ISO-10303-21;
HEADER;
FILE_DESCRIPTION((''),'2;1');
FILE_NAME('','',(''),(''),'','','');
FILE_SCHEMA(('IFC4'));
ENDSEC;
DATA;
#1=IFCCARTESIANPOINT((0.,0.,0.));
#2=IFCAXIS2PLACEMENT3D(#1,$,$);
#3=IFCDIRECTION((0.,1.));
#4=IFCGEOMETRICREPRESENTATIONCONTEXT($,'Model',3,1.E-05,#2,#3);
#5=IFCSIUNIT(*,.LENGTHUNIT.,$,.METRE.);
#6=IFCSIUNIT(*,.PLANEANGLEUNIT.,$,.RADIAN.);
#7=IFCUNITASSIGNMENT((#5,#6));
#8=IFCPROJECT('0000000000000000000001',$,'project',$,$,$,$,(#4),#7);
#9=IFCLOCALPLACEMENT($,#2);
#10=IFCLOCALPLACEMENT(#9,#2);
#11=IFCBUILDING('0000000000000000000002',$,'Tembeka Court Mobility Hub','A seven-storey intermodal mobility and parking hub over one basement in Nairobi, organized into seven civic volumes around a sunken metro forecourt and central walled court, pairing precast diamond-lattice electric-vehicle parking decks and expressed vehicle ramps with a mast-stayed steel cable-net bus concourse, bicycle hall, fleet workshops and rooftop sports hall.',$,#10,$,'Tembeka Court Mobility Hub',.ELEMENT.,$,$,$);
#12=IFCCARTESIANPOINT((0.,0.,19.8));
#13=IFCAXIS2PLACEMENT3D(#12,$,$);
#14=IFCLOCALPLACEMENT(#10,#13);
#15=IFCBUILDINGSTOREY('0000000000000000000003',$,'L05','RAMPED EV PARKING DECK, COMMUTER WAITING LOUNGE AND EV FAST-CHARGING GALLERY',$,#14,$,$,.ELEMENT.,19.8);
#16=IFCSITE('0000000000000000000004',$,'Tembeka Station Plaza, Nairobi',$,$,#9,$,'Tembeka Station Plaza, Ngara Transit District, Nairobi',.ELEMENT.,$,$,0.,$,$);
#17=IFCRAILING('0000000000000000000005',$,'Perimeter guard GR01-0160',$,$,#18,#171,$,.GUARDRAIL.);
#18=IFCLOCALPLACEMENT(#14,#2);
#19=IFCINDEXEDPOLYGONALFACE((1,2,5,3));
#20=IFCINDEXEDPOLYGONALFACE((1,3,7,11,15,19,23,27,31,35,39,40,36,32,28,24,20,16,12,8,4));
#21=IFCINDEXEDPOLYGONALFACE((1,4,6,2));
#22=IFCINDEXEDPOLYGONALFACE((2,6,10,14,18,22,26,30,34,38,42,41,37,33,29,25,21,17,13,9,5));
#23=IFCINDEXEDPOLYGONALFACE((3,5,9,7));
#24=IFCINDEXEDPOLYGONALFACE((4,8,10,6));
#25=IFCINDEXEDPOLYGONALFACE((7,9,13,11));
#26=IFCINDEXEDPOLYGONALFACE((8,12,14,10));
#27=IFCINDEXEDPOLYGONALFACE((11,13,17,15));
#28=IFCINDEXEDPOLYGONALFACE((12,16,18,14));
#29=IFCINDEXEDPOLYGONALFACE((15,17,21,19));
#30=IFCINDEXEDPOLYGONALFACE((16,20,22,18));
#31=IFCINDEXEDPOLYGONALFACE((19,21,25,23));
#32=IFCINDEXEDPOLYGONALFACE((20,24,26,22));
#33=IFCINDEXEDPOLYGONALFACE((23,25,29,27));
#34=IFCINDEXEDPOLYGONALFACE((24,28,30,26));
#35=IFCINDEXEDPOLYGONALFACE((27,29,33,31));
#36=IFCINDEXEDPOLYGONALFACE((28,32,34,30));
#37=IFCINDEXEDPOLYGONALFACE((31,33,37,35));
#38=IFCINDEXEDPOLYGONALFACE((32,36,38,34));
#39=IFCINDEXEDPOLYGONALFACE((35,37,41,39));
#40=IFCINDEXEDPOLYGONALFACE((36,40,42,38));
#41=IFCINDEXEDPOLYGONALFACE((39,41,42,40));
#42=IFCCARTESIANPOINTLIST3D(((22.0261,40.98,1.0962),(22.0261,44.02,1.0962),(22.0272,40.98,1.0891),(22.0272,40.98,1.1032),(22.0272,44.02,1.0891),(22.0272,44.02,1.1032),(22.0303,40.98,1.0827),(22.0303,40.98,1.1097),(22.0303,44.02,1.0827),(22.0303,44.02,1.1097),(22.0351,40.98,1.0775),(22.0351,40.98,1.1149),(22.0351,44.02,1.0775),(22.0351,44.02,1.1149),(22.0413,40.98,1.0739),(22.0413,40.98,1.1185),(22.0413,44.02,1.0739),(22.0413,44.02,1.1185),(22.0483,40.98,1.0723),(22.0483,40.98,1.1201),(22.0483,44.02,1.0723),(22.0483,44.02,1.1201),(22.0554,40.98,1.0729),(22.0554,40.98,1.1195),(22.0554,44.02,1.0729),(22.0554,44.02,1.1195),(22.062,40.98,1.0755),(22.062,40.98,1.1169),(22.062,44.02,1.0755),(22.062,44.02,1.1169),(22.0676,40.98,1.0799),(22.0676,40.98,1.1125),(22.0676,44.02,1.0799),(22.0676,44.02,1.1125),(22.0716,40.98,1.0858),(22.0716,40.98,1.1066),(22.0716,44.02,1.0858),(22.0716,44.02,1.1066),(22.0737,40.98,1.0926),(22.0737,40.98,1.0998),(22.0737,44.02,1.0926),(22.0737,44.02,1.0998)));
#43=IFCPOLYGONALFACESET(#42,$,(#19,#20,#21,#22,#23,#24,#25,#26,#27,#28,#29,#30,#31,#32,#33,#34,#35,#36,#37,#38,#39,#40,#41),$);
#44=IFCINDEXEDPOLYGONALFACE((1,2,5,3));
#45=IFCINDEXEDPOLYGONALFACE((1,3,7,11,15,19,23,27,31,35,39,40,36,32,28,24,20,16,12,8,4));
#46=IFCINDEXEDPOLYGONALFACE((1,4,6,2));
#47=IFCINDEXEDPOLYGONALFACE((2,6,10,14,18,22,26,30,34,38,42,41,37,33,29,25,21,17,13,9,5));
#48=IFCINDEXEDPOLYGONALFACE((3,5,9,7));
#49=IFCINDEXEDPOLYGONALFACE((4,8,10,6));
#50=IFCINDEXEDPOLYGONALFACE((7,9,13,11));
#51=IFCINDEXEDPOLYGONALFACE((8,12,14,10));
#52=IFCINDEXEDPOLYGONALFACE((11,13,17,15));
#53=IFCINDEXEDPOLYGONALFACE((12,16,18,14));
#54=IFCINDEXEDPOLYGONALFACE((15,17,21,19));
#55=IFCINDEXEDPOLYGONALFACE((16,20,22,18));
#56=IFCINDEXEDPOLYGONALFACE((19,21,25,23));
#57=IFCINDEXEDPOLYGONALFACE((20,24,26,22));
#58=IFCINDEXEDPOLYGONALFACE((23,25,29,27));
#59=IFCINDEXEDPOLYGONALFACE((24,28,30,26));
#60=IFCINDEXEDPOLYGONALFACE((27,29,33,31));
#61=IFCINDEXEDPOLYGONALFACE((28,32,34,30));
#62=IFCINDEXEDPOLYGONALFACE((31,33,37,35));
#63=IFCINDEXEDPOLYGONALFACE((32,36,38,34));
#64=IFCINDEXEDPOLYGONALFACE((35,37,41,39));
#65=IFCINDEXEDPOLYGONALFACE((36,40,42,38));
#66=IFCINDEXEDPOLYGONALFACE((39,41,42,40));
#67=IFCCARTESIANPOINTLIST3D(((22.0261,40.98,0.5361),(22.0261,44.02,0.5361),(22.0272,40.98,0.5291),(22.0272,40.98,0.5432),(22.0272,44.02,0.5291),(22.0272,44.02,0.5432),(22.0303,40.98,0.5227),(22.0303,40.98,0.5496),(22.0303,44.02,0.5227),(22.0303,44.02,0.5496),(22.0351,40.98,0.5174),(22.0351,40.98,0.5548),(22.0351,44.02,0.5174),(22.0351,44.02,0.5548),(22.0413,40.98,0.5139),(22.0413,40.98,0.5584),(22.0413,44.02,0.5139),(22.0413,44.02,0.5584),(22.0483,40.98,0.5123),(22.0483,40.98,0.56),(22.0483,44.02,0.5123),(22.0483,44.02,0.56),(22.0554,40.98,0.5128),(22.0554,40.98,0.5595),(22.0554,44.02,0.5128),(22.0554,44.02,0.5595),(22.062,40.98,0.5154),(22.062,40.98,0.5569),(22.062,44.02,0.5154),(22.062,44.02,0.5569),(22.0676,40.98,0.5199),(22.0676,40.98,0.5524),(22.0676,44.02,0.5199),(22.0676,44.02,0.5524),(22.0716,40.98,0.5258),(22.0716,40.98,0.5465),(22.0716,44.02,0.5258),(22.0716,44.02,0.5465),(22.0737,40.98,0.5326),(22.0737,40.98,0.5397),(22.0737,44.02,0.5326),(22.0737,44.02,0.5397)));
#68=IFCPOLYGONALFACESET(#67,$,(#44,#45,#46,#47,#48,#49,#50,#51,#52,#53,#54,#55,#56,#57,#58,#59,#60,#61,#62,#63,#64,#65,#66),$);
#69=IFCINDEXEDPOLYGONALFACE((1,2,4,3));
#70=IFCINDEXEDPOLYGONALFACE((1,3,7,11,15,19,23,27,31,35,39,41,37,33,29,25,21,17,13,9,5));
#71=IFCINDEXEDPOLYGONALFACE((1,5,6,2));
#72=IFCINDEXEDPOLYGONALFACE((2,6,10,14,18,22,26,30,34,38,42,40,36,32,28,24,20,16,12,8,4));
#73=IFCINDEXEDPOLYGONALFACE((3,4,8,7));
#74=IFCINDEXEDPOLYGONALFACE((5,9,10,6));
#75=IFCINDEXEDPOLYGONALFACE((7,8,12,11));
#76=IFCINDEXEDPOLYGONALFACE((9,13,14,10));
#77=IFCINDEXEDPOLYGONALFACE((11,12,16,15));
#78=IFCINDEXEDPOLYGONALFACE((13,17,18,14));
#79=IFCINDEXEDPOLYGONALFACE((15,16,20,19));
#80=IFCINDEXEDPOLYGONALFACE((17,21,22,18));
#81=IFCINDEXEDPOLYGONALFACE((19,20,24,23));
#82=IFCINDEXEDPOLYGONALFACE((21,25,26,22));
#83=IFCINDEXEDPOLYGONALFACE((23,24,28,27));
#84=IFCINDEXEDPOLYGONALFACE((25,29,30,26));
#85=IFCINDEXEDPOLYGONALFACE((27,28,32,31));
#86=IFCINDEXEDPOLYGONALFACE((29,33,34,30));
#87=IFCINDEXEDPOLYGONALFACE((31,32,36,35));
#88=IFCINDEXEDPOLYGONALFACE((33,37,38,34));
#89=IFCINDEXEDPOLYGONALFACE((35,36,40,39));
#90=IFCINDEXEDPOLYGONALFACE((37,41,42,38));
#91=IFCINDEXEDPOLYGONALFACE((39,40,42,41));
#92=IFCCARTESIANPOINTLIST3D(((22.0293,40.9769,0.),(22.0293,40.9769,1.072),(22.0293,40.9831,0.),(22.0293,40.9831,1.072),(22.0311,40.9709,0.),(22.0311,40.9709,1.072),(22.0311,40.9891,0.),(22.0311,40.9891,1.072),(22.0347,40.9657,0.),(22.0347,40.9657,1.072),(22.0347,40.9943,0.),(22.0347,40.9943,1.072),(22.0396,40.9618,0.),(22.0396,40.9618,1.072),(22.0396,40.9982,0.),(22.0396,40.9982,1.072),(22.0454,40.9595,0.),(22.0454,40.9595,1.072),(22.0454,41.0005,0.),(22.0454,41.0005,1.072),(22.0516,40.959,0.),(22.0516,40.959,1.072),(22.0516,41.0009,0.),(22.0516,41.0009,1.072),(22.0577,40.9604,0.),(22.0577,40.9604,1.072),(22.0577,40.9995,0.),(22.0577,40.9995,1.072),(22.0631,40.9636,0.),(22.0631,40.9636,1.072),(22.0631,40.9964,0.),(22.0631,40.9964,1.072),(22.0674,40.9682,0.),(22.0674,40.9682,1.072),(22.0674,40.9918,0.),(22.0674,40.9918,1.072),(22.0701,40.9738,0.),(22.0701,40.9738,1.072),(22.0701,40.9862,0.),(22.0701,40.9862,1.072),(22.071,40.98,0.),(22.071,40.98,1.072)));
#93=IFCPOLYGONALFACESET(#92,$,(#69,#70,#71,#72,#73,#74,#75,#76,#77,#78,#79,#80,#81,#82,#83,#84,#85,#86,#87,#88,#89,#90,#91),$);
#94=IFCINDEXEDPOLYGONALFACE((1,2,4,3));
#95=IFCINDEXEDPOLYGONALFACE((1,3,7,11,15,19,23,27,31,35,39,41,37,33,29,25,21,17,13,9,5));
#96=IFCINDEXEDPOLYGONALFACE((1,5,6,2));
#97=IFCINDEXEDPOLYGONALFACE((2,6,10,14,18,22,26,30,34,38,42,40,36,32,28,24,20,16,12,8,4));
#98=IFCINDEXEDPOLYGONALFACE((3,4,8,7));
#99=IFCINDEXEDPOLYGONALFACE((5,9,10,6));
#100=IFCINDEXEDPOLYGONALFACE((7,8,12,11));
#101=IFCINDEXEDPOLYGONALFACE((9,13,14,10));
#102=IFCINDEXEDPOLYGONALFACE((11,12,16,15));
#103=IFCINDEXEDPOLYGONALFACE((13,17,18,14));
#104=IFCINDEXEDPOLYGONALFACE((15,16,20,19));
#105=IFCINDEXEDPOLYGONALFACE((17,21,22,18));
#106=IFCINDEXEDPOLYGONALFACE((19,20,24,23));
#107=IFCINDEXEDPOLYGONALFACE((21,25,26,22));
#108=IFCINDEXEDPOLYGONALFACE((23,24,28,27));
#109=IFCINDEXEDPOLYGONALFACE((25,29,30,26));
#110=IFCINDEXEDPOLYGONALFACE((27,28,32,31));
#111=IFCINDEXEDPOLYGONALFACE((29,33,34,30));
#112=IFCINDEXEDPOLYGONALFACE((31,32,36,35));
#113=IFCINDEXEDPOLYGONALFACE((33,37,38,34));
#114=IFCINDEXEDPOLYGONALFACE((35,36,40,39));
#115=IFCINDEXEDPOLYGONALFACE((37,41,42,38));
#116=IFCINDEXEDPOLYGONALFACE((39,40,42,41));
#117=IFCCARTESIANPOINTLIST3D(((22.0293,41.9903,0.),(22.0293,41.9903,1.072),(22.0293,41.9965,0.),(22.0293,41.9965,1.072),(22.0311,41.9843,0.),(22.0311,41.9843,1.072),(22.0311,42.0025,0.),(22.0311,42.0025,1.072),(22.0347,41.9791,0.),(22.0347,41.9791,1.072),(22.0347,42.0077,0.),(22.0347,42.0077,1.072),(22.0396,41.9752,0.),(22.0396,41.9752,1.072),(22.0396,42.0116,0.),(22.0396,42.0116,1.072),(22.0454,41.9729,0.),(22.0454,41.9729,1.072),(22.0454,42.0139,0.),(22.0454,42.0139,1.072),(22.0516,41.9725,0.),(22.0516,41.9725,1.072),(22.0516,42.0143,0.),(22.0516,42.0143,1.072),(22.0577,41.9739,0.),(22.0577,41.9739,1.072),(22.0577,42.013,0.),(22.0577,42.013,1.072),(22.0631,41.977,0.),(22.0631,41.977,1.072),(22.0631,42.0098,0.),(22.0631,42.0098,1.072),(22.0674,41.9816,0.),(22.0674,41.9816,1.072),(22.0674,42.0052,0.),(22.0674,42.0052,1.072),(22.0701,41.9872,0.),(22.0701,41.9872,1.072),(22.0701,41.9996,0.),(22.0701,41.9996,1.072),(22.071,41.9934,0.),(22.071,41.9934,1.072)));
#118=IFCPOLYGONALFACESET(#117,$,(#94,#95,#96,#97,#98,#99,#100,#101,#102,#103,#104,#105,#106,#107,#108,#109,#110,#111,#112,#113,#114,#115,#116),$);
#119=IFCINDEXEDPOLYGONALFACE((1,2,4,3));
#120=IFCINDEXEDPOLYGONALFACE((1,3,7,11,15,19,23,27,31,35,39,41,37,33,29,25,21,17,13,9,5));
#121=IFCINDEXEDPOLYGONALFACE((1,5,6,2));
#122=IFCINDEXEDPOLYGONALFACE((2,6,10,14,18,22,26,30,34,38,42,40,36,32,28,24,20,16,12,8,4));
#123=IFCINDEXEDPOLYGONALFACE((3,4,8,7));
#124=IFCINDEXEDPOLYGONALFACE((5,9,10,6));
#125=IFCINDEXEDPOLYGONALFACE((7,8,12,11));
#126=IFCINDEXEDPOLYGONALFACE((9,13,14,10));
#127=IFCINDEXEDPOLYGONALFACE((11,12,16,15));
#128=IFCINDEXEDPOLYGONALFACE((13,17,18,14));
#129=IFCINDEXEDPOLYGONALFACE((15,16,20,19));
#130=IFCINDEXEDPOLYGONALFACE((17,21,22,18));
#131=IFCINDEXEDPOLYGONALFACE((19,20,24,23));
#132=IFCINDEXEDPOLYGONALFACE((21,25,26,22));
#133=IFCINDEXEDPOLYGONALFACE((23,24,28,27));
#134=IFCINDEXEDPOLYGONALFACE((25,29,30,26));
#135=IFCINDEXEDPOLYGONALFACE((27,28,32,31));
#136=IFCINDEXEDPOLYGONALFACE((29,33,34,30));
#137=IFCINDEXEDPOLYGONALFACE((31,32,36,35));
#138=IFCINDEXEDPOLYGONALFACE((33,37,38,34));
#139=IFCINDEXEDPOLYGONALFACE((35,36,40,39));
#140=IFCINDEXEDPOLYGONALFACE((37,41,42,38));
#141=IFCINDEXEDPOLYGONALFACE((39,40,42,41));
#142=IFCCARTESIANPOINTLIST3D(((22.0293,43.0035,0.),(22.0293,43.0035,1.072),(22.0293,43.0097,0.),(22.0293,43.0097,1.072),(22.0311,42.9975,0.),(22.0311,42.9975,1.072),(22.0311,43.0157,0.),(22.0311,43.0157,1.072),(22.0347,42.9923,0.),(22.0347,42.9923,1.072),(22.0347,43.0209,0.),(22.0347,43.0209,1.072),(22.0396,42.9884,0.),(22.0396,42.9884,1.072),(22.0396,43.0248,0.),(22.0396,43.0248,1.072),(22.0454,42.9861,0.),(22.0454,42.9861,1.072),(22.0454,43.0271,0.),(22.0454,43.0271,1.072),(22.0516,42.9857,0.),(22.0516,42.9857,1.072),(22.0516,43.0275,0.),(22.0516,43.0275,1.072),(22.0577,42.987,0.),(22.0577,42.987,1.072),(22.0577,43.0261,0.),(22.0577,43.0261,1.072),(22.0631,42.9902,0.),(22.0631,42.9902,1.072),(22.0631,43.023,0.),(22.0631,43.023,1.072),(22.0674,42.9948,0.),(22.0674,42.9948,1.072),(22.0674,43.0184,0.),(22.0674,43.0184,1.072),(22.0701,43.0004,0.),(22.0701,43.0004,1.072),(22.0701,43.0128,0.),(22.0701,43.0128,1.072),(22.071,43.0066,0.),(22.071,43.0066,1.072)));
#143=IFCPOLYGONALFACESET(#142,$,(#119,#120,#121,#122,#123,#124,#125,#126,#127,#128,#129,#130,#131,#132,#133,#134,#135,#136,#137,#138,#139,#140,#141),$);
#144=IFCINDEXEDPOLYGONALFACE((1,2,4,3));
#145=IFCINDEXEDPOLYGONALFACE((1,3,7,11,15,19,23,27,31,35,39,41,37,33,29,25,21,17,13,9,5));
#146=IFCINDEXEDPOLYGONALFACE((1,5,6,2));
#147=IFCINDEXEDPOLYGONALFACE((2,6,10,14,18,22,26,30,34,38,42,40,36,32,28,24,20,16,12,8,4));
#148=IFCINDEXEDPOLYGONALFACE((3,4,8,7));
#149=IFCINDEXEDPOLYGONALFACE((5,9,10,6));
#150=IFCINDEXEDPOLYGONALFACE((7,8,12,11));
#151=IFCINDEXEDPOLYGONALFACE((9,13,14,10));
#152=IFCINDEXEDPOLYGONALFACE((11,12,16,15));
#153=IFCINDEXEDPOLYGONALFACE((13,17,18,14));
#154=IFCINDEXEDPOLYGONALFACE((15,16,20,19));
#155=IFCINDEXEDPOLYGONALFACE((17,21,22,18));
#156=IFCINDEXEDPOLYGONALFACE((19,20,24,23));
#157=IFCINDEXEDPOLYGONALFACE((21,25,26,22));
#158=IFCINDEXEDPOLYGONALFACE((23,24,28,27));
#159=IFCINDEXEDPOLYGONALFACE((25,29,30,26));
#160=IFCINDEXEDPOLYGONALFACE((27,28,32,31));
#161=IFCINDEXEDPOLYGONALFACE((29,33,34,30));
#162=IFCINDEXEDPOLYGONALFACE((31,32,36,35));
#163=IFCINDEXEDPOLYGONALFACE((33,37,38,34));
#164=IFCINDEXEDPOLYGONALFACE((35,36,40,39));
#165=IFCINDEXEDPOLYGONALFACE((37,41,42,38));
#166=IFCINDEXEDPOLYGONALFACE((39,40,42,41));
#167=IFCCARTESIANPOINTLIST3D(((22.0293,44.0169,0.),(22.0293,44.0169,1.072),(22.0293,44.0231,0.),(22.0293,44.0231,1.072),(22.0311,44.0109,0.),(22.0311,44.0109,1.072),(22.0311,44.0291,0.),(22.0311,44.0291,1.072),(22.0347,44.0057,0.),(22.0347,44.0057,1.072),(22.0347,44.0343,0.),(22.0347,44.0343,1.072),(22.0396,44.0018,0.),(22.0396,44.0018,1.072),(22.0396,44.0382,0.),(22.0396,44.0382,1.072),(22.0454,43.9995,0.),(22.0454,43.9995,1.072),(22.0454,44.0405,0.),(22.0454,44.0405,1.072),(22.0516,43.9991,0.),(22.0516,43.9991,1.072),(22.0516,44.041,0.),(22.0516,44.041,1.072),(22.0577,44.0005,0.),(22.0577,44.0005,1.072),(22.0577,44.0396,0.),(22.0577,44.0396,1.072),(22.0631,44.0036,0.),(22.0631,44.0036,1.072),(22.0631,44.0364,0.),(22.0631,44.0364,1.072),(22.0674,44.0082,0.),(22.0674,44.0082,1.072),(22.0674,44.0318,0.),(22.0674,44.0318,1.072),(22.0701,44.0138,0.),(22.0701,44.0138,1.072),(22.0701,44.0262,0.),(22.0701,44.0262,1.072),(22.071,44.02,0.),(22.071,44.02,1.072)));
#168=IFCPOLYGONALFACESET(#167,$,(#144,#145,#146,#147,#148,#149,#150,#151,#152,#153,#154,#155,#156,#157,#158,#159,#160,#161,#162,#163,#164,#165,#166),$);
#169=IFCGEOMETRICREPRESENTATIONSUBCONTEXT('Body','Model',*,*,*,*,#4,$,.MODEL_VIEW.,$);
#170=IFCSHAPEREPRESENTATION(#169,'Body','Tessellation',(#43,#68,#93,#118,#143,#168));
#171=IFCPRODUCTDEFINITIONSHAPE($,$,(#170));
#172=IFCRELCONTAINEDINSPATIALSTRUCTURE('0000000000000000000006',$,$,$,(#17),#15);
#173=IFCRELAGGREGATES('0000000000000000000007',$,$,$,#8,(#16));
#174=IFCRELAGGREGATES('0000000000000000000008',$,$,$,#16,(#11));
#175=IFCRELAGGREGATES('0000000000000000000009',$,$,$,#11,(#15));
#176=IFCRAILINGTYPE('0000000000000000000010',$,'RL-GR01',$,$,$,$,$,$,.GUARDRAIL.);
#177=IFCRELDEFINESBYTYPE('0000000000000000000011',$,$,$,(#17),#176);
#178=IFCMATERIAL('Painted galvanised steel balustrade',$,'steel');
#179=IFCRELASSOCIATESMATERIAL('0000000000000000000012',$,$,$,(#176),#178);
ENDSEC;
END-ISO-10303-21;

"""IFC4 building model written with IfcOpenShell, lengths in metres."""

from ifc_helpers import new_model, si_unit, direction, frame, origin, origin_2d, place, context, subcontext, project, spatial, circle, extrude, material, type_object, element, save


model = new_model("IFC4")

# Units and contexts
model_context = context("Model", 3, precision=1e-05, world=origin(), true_north=direction((0.0, 1.0)))
body_context = subcontext(model_context, "Body", "Model", "MODEL_VIEW")
ifc_project = project(units=[si_unit("LENGTHUNIT", "METRE"), si_unit("PLANEANGLEUNIT", "RADIAN")], contexts=[model_context])

# Site, building, storey
site_placement = place(None, origin())
site = spatial("IfcSite", under=ifc_project, at=site_placement, Name="Tembeka Station Plaza, Nairobi", LongName="Tembeka Station Plaza, Ngara Transit District, Nairobi", CompositionType="ELEMENT", RefElevation=0.0)
building_placement = place(site_placement, origin())
building = spatial("IfcBuilding", under=site, at=building_placement, Name="Tembeka Court Mobility Hub", Description="A seven-storey intermodal mobility and parking hub over one basement in Nairobi, organized into seven civic volumes around a sunken metro forecourt and central walled court, pairing precast diamond-lattice electric-vehicle parking decks and expressed vehicle ramps with a mast-stayed steel cable-net bus concourse, bicycle hall, fleet workshops and rooftop sports hall.", LongName="Tembeka Court Mobility Hub", CompositionType="ELEMENT")
storey_placement = place(building_placement, frame((0.0, 0.0, 19.8)))
storey = spatial("IfcBuildingStorey", under=building, at=storey_placement, Name="L05", Description="RAMPED EV PARKING DECK, COMMUTER WAITING LOUNGE AND EV FAST-CHARGING GALLERY", CompositionType="ELEMENT", Elevation=19.8)

# Railing
ifc_material_1 = material(Name="Painted galvanised steel balustrade", Category="steel")
railing_type_1 = type_object("IfcRailingType", Name="RL-GR01", PredefinedType="GUARDRAIL", material=ifc_material_1)
railing_1_placement = place(storey_placement, frame((22.05, 40.98, 0.0)))
element("IfcRailing", 1, at=railing_1_placement, inside=storey, type_object=railing_type_1, Name="Perimeter guard GR01-0160", PredefinedType="GUARDRAIL", context=body_context, shape_type="SweptSolid", body=[
    extrude(circle(Radius=0.0239, at=origin_2d()), frame((0.0, 0.0, 1.0962), z_axis=(0.0, 1.0, 0.0), x_axis=(-1.0, 0.0, 0.0)), (0.0, 0.0, 1.0), 3.04),
    extrude(circle(Radius=0.0239, at=origin_2d()), frame((0.0, 0.0, 0.5361), z_axis=(0.0, 1.0, 0.0), x_axis=(-1.0, 0.0, 0.0)), (0.0, 0.0, 1.0), 3.04),
    extrude(circle(Radius=0.021, at=origin_2d()), origin(), (0.0, 0.0, 1.0), 1.072),
    extrude(circle(Radius=0.021, at=origin_2d()), frame((0.0, 1.0134, 0.0)), (0.0, 0.0, 1.0), 1.072),
    extrude(circle(Radius=0.021, at=origin_2d()), frame((0.0, 2.0266, 0.0)), (0.0, 0.0, 1.0), 1.072),
    extrude(circle(Radius=0.021, at=origin_2d()), frame((0.0, 3.04, 0.0)), (0.0, 0.0, 1.0), 1.072),
])

save(model, "model.ifc")
